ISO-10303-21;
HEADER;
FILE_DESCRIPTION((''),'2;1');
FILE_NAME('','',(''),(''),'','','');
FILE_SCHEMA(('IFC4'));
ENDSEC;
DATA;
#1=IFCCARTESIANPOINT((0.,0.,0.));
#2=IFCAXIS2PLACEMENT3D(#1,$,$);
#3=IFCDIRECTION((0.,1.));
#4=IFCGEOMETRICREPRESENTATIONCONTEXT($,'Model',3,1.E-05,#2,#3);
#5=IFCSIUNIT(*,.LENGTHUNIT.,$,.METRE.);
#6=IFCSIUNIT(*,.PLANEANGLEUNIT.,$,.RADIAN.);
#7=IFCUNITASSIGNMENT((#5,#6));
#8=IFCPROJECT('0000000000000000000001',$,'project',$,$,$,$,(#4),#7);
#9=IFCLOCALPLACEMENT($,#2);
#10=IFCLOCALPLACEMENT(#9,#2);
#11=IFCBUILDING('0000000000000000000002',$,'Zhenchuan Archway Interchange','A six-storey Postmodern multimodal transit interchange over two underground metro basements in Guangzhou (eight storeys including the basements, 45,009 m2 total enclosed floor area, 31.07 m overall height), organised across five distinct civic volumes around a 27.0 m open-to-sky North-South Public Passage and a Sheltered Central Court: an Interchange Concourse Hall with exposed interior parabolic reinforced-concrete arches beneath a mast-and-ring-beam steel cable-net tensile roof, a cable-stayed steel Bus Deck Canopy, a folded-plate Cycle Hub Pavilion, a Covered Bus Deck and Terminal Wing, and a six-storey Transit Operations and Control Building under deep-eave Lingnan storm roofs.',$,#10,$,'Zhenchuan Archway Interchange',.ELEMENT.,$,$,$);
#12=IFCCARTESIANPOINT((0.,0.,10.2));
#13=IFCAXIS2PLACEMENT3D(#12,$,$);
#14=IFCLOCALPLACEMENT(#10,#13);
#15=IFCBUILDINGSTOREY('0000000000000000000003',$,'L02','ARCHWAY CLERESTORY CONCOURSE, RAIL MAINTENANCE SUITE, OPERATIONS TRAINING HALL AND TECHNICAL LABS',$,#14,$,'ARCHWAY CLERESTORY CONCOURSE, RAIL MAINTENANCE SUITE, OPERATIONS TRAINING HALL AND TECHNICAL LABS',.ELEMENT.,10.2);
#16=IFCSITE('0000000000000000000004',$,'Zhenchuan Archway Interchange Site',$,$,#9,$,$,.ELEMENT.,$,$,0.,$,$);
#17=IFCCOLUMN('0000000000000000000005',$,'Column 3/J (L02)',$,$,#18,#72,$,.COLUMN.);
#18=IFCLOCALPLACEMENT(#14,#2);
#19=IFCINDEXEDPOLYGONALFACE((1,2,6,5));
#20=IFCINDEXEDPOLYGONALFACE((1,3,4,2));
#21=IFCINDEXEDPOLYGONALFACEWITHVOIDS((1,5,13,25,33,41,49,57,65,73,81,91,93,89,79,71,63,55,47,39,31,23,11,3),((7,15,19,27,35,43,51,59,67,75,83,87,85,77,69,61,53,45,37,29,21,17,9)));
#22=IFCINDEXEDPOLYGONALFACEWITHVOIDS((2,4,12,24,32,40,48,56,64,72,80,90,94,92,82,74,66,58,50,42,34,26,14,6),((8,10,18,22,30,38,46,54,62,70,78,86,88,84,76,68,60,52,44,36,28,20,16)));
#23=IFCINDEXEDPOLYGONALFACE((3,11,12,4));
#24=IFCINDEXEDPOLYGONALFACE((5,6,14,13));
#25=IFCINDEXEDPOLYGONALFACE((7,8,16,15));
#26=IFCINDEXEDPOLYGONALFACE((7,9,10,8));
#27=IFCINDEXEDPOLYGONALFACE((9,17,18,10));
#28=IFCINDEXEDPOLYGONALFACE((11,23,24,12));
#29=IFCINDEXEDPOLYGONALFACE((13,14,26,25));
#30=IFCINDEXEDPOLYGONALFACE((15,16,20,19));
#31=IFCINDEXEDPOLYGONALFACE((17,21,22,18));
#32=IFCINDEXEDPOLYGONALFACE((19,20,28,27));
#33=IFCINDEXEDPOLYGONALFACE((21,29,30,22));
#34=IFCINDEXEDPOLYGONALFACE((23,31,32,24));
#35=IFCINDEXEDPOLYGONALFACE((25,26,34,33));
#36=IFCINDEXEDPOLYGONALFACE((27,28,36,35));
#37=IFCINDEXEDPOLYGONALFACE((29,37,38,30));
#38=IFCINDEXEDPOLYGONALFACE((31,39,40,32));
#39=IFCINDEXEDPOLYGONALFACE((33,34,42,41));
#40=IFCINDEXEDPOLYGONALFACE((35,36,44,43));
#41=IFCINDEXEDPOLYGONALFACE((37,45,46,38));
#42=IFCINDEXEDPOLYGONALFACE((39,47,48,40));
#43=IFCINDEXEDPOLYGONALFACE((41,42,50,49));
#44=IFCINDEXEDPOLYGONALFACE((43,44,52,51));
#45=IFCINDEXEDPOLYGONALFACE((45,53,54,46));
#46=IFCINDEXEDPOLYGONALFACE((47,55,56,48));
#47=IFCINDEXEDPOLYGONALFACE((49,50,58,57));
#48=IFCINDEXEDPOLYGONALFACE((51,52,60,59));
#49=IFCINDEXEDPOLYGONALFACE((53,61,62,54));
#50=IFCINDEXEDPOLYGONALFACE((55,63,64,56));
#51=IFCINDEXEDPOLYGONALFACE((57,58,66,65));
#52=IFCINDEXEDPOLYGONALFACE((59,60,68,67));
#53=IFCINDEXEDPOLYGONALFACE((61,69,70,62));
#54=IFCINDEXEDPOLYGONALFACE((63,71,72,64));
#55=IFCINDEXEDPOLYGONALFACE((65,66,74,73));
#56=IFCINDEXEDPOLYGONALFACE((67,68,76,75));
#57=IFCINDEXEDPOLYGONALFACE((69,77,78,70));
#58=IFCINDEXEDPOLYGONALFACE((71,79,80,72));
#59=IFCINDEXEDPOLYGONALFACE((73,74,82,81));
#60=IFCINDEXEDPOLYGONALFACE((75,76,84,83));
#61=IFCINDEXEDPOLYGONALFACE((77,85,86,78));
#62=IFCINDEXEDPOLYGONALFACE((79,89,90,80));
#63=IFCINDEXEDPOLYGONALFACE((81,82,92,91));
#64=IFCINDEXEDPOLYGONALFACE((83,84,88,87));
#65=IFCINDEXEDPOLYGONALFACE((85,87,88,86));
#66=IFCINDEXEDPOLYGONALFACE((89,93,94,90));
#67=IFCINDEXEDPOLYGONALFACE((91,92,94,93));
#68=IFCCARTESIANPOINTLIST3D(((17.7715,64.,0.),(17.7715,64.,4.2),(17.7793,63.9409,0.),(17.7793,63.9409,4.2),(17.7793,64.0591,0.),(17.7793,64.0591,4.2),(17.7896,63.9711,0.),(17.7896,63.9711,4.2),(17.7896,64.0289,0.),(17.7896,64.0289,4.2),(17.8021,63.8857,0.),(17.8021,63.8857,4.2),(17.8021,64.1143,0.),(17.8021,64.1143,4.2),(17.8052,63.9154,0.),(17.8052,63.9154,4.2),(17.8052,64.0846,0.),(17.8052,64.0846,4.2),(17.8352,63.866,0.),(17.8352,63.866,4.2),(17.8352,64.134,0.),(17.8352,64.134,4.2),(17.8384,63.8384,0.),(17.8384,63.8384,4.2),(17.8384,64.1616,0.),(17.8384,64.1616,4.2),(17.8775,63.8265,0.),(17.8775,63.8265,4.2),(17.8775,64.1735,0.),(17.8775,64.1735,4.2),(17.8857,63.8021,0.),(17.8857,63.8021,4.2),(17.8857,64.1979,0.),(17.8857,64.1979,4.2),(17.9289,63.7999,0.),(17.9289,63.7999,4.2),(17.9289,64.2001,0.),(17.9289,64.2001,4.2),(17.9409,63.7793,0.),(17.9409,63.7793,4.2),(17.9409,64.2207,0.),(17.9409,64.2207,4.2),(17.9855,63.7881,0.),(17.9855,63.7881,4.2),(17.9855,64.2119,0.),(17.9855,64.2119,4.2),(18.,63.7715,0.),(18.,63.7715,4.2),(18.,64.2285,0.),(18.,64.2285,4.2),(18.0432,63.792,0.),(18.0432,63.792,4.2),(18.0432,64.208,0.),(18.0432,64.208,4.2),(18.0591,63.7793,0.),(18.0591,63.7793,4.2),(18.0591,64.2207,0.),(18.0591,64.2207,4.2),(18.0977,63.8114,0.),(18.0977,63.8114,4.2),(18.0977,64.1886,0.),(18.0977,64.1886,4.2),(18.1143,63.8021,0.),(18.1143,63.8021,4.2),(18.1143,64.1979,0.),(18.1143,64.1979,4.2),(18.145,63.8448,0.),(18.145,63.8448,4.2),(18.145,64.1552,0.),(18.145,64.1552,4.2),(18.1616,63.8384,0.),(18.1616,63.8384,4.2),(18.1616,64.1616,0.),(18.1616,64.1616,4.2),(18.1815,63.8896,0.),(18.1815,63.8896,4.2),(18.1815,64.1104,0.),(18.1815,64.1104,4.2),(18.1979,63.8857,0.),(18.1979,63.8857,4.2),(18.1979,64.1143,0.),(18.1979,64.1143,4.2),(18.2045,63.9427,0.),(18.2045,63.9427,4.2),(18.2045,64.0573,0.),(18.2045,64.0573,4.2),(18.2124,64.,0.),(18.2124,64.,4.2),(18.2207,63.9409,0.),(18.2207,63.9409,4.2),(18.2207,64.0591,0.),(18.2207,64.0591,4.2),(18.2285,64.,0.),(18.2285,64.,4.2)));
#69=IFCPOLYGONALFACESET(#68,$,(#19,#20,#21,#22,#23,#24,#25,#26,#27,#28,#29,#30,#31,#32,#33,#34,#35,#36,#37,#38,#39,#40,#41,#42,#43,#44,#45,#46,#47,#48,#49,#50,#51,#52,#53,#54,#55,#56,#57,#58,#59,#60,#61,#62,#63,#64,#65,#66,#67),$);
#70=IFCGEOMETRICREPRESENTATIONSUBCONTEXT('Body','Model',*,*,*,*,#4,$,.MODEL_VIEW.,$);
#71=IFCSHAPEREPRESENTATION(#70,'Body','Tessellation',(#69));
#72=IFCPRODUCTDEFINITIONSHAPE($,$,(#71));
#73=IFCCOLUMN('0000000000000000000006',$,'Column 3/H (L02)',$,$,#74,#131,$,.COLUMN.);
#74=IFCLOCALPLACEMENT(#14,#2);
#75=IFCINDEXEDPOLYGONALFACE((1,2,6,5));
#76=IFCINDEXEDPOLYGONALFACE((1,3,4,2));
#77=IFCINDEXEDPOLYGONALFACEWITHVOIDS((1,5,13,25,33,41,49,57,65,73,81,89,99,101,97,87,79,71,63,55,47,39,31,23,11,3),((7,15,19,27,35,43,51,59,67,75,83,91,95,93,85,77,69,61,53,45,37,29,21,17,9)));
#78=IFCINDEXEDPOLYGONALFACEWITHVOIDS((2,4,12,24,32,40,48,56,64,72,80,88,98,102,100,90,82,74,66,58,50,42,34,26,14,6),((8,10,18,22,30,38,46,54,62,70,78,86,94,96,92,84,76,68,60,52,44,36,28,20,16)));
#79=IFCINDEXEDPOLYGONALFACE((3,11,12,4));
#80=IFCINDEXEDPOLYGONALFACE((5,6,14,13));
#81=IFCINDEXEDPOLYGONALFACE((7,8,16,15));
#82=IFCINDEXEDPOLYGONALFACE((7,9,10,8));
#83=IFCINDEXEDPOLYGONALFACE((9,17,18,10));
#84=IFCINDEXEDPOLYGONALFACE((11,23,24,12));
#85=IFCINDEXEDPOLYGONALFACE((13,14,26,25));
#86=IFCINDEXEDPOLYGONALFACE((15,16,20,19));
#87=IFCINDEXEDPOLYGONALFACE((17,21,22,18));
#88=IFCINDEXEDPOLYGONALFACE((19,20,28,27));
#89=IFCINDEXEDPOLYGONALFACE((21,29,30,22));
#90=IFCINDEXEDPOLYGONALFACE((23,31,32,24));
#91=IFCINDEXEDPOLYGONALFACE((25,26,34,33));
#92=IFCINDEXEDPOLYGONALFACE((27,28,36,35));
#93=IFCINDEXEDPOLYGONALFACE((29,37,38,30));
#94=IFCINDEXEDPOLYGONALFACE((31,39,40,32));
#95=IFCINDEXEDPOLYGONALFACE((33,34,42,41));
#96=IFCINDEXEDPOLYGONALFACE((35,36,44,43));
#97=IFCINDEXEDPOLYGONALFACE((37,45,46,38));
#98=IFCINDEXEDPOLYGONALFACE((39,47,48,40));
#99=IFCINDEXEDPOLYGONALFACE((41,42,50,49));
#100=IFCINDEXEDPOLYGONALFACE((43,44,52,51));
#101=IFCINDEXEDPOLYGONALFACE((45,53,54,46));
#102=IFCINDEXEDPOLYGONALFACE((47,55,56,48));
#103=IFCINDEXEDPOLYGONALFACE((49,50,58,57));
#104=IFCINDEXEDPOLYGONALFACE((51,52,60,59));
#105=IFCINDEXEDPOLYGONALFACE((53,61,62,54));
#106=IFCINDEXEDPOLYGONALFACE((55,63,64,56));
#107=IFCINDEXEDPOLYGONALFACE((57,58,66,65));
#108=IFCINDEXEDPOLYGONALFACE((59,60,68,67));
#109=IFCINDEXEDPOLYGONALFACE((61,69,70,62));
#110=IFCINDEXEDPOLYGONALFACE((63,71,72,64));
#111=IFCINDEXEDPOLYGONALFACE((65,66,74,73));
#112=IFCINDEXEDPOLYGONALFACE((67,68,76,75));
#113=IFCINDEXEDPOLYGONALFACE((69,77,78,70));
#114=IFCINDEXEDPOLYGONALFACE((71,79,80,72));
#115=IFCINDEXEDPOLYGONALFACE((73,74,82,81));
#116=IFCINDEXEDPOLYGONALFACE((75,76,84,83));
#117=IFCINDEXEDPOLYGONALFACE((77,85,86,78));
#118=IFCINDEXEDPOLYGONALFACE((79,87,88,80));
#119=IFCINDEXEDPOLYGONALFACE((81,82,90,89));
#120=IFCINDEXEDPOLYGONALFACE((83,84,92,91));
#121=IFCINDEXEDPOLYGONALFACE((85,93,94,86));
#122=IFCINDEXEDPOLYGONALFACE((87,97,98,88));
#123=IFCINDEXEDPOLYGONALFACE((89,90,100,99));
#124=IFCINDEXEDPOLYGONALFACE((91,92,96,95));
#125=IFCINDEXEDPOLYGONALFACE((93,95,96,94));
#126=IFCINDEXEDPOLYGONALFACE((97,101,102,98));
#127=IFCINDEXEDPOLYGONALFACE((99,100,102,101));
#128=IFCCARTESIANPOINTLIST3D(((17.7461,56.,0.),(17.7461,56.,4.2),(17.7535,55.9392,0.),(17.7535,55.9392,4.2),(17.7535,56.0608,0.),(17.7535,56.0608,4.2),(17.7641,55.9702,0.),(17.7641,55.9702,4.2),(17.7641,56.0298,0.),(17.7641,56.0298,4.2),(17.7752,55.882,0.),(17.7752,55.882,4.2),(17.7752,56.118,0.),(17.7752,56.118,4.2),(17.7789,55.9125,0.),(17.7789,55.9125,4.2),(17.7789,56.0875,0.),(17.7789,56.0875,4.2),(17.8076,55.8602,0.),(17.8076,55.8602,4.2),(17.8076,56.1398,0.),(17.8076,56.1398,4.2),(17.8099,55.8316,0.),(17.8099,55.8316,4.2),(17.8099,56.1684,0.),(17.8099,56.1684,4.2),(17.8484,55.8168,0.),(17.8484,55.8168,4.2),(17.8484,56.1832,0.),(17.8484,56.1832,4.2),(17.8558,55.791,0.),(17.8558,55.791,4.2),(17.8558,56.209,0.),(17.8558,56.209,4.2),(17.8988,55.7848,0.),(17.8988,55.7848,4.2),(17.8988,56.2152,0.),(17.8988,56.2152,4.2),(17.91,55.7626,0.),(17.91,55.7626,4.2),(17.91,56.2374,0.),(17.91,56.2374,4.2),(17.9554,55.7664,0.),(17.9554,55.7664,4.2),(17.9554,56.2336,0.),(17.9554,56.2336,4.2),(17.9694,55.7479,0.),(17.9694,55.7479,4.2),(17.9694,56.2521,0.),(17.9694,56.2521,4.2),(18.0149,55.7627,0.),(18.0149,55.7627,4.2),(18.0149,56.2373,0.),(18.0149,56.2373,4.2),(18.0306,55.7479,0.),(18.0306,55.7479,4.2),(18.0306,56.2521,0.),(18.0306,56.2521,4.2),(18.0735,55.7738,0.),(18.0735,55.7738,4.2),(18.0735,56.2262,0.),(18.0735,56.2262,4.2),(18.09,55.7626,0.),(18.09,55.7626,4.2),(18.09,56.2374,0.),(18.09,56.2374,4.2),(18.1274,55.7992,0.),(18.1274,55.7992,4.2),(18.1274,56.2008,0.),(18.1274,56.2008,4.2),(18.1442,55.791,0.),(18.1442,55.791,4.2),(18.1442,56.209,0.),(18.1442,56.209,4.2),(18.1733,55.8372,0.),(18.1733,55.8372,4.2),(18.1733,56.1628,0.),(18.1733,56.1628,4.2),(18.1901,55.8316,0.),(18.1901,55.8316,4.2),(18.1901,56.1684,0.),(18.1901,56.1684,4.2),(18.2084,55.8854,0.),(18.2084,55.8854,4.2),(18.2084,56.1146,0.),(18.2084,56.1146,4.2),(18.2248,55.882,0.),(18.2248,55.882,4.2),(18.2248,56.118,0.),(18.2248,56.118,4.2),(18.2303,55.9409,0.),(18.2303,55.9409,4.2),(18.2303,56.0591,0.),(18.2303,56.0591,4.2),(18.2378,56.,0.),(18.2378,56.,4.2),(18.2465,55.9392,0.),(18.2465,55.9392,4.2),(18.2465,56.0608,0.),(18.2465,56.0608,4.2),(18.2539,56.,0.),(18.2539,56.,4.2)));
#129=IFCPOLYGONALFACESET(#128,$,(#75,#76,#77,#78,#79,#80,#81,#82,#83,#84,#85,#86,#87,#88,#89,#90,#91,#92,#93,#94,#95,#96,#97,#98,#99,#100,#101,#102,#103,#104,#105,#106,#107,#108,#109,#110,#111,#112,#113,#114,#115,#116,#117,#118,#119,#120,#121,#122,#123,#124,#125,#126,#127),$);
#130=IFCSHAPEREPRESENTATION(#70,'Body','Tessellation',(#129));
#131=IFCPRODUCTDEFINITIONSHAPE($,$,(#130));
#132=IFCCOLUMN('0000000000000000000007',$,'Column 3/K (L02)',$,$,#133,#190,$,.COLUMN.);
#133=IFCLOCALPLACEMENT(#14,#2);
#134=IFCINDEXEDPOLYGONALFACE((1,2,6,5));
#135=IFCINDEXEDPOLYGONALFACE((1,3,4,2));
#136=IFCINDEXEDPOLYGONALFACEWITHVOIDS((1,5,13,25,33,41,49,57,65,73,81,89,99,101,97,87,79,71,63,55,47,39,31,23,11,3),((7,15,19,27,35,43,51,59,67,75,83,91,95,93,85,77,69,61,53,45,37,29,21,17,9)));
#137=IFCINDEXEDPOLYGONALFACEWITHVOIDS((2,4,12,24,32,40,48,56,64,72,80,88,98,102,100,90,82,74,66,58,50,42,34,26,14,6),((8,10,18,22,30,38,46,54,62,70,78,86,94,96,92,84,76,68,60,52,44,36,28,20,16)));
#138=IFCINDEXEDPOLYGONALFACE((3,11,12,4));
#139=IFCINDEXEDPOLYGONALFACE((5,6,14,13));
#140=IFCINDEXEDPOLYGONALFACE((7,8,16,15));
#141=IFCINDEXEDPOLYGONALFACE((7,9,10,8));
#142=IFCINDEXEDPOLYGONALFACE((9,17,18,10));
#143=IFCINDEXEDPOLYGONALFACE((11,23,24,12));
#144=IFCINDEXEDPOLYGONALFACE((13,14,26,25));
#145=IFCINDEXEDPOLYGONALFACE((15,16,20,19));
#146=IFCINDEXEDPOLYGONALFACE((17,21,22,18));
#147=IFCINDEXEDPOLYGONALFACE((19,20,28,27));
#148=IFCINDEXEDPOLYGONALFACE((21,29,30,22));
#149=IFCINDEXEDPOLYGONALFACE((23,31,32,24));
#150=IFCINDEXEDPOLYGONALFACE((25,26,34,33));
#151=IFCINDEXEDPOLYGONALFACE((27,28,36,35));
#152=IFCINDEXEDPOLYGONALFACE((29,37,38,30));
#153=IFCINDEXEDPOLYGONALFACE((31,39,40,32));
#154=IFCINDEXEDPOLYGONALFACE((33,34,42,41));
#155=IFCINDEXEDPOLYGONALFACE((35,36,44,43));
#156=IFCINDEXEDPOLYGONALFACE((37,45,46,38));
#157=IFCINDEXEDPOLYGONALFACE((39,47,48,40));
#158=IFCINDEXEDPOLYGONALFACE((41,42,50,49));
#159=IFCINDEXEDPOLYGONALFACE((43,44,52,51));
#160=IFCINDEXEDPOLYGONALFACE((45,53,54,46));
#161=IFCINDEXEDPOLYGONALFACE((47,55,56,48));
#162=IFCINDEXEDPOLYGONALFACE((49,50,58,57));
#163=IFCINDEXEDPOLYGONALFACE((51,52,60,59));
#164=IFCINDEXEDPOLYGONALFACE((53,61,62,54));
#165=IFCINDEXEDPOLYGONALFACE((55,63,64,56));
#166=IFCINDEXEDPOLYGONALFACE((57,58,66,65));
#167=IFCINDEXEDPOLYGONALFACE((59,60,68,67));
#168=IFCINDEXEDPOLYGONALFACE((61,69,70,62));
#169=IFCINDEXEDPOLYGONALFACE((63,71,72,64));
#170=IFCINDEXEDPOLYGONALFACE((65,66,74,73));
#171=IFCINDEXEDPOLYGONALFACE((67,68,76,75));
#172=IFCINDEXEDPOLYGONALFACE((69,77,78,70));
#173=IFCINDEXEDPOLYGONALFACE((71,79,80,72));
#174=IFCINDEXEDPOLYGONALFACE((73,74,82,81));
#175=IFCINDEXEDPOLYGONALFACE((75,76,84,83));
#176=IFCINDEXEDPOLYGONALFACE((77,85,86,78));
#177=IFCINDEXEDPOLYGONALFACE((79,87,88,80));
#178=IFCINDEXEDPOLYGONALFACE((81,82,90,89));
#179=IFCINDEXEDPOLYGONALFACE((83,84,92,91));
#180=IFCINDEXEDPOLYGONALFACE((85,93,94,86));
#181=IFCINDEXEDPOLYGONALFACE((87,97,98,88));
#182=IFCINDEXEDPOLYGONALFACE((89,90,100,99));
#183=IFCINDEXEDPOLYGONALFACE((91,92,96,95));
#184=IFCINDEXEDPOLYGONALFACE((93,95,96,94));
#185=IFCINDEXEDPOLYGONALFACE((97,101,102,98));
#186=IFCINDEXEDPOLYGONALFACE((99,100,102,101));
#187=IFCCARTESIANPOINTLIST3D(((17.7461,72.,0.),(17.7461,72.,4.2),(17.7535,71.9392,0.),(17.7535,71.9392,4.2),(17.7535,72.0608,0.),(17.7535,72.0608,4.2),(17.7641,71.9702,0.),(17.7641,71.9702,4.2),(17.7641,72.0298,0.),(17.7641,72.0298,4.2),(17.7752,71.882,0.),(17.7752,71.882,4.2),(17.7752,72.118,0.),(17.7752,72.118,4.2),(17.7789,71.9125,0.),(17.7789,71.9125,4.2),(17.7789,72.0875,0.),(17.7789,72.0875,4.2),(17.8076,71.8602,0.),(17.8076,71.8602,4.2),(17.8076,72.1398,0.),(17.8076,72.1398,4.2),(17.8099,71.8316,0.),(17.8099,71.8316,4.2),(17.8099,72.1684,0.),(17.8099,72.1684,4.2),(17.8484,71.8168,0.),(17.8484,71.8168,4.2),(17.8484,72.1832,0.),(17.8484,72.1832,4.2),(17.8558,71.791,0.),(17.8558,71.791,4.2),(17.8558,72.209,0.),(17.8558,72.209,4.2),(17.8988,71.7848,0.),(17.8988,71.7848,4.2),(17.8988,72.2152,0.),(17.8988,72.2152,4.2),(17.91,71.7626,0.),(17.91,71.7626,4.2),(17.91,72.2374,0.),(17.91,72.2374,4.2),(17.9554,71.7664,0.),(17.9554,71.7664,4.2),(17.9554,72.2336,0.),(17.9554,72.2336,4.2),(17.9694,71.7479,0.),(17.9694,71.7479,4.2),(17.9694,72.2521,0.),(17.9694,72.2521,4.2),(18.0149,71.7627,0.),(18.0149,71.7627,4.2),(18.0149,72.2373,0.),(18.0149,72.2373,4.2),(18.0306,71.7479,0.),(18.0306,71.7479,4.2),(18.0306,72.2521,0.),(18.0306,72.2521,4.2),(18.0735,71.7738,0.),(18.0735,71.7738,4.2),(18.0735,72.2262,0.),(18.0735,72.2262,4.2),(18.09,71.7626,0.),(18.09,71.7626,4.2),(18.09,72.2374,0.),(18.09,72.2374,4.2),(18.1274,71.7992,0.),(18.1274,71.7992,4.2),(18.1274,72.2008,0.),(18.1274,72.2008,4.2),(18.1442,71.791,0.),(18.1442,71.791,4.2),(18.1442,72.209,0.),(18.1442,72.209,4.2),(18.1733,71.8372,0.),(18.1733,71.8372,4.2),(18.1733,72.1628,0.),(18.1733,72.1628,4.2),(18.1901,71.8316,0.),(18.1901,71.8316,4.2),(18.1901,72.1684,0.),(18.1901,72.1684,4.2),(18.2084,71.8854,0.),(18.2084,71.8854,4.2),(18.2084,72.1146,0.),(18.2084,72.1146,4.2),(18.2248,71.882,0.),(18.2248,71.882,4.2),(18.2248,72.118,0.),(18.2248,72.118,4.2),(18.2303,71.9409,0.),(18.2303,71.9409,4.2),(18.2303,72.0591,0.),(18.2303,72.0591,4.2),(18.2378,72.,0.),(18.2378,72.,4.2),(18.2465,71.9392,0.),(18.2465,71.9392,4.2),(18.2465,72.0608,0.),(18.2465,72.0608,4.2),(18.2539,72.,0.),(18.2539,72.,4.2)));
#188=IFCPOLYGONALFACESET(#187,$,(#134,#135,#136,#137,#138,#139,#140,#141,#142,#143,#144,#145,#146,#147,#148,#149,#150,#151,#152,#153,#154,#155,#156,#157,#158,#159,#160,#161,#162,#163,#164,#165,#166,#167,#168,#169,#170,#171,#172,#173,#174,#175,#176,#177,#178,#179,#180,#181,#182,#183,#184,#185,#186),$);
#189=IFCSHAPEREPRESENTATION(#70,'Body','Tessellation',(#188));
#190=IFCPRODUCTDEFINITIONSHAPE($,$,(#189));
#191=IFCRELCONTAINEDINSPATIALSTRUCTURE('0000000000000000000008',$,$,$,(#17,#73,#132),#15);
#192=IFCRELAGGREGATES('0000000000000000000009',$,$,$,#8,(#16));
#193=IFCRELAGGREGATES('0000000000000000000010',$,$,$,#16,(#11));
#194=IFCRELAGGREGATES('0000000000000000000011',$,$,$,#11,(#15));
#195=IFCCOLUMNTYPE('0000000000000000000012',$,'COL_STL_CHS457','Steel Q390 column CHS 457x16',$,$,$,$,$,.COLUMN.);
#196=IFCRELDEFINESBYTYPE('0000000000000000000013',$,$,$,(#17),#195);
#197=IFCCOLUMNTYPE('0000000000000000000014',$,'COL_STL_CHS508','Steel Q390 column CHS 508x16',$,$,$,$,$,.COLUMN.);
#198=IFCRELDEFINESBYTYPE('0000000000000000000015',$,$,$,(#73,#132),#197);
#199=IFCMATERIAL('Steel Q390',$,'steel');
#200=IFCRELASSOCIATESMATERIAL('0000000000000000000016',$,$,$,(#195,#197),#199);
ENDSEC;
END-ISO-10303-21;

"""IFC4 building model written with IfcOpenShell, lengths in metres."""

from ifc_helpers import new_model, si_unit, direction, frame, origin, origin_2d, place, context, subcontext, project, spatial, hollow_circle, extrude, material, material_profile, profile_set, type_object, element, save


model = new_model("IFC4")

# Units and contexts
model_context = context("Model", 3, precision=1e-05, world=origin(), true_north=direction((0.0, 1.0)))
body_context = subcontext(model_context, "Body", "Model", "MODEL_VIEW")
ifc_project = project(units=[si_unit("LENGTHUNIT", "METRE"), si_unit("PLANEANGLEUNIT", "RADIAN")], contexts=[model_context])

# Site, building, storey
site_placement = place(None, origin())
site = spatial("IfcSite", under=ifc_project, at=site_placement, Name="Zhenchuan Archway Interchange Site", CompositionType="ELEMENT", RefElevation=0.0)
building_placement = place(site_placement, origin())
building = spatial("IfcBuilding", under=site, at=building_placement, Name="Zhenchuan Archway Interchange", Description="A six-storey Postmodern multimodal transit interchange over two underground metro basements in Guangzhou (eight storeys including the basements, 45,009 m2 total enclosed floor area, 31.07 m overall height), organised across five distinct civic volumes around a 27.0 m open-to-sky North-South Public Passage and a Sheltered Central Court: an Interchange Concourse Hall with exposed interior parabolic reinforced-concrete arches beneath a mast-and-ring-beam steel cable-net tensile roof, a cable-stayed steel Bus Deck Canopy, a folded-plate Cycle Hub Pavilion, a Covered Bus Deck and Terminal Wing, and a six-storey Transit Operations and Control Building under deep-eave Lingnan storm roofs.", LongName="Zhenchuan Archway Interchange", CompositionType="ELEMENT")
storey_placement = place(building_placement, frame((0.0, 0.0, 10.2)))
storey = spatial("IfcBuildingStorey", under=building, at=storey_placement, Name="L02", Description="ARCHWAY CLERESTORY CONCOURSE, RAIL MAINTENANCE SUITE, OPERATIONS TRAINING HALL AND TECHNICAL LABS", LongName="ARCHWAY CLERESTORY CONCOURSE, RAIL MAINTENANCE SUITE, OPERATIONS TRAINING HALL AND TECHNICAL LABS", CompositionType="ELEMENT", Elevation=10.2)

# Columns
ifc_material_1 = material(Name="Steel Q390", Category="steel")
ifc_material_profile_1 = material_profile(ifc_material_1, hollow_circle(Radius=0.2285, WallThickness=0.0161, at=origin_2d()), Name="CHS 457x16")
ifc_profile_set_1 = profile_set([ifc_material_profile_1], Name="Steel Q390")
column_type_1 = type_object("IfcColumnType", Name="COL_STL_CHS457", Description="Steel Q390 column CHS 457x16", PredefinedType="COLUMN", material=ifc_profile_set_1)
column_placement = place(storey_placement, frame((18.0, 64.0, 0.0), z_axis=(0.0, 0.0, 1.0), x_axis=(1.0, 0.0, 0.0)))
element("IfcColumn", 1, at=column_placement, inside=storey, type_object=column_type_1, Name="Column 3/J (L02)", PredefinedType="COLUMN", context=body_context, shape_type="SweptSolid", body=[
    extrude(hollow_circle(Radius=0.2285, WallThickness=0.0161, at=origin_2d()), origin(), (0.0, 0.0, 1.0), 4.2),
])
ifc_material_profile_2 = material_profile(ifc_material_1, hollow_circle(Radius=0.2539, WallThickness=0.0161, at=origin_2d()), Name="CHS 508x16")
ifc_profile_set_2 = profile_set([ifc_material_profile_2], Name="Steel Q390")
column_type_2 = type_object("IfcColumnType", Name="COL_STL_CHS508", Description="Steel Q390 column CHS 508x16", PredefinedType="COLUMN", material=ifc_profile_set_2)
for number, where, z_axis, x_axis, name in (
    (2, (18.0, 56.0, 0.0), (0.0, 0.0, 1.0), (1.0, 0.0, 0.0), "Column 3/H (L02)"),
    (3, (18.0, 72.0, 0.0), (0.0, 0.0, 1.0), (1.0, 0.0, 0.0), "Column 3/K (L02)"),
):
    element("IfcColumn", number, at=place(storey_placement, frame(where, z_axis=z_axis, x_axis=x_axis)), inside=storey, type_object=column_type_2, Name=name, PredefinedType="COLUMN", context=body_context, shape_type="SweptSolid", body=[
        extrude(hollow_circle(Radius=0.2539, WallThickness=0.0161, at=origin_2d()), origin(), (0.0, 0.0, 1.0), 4.2),
    ])

save(model, "model.ifc")
